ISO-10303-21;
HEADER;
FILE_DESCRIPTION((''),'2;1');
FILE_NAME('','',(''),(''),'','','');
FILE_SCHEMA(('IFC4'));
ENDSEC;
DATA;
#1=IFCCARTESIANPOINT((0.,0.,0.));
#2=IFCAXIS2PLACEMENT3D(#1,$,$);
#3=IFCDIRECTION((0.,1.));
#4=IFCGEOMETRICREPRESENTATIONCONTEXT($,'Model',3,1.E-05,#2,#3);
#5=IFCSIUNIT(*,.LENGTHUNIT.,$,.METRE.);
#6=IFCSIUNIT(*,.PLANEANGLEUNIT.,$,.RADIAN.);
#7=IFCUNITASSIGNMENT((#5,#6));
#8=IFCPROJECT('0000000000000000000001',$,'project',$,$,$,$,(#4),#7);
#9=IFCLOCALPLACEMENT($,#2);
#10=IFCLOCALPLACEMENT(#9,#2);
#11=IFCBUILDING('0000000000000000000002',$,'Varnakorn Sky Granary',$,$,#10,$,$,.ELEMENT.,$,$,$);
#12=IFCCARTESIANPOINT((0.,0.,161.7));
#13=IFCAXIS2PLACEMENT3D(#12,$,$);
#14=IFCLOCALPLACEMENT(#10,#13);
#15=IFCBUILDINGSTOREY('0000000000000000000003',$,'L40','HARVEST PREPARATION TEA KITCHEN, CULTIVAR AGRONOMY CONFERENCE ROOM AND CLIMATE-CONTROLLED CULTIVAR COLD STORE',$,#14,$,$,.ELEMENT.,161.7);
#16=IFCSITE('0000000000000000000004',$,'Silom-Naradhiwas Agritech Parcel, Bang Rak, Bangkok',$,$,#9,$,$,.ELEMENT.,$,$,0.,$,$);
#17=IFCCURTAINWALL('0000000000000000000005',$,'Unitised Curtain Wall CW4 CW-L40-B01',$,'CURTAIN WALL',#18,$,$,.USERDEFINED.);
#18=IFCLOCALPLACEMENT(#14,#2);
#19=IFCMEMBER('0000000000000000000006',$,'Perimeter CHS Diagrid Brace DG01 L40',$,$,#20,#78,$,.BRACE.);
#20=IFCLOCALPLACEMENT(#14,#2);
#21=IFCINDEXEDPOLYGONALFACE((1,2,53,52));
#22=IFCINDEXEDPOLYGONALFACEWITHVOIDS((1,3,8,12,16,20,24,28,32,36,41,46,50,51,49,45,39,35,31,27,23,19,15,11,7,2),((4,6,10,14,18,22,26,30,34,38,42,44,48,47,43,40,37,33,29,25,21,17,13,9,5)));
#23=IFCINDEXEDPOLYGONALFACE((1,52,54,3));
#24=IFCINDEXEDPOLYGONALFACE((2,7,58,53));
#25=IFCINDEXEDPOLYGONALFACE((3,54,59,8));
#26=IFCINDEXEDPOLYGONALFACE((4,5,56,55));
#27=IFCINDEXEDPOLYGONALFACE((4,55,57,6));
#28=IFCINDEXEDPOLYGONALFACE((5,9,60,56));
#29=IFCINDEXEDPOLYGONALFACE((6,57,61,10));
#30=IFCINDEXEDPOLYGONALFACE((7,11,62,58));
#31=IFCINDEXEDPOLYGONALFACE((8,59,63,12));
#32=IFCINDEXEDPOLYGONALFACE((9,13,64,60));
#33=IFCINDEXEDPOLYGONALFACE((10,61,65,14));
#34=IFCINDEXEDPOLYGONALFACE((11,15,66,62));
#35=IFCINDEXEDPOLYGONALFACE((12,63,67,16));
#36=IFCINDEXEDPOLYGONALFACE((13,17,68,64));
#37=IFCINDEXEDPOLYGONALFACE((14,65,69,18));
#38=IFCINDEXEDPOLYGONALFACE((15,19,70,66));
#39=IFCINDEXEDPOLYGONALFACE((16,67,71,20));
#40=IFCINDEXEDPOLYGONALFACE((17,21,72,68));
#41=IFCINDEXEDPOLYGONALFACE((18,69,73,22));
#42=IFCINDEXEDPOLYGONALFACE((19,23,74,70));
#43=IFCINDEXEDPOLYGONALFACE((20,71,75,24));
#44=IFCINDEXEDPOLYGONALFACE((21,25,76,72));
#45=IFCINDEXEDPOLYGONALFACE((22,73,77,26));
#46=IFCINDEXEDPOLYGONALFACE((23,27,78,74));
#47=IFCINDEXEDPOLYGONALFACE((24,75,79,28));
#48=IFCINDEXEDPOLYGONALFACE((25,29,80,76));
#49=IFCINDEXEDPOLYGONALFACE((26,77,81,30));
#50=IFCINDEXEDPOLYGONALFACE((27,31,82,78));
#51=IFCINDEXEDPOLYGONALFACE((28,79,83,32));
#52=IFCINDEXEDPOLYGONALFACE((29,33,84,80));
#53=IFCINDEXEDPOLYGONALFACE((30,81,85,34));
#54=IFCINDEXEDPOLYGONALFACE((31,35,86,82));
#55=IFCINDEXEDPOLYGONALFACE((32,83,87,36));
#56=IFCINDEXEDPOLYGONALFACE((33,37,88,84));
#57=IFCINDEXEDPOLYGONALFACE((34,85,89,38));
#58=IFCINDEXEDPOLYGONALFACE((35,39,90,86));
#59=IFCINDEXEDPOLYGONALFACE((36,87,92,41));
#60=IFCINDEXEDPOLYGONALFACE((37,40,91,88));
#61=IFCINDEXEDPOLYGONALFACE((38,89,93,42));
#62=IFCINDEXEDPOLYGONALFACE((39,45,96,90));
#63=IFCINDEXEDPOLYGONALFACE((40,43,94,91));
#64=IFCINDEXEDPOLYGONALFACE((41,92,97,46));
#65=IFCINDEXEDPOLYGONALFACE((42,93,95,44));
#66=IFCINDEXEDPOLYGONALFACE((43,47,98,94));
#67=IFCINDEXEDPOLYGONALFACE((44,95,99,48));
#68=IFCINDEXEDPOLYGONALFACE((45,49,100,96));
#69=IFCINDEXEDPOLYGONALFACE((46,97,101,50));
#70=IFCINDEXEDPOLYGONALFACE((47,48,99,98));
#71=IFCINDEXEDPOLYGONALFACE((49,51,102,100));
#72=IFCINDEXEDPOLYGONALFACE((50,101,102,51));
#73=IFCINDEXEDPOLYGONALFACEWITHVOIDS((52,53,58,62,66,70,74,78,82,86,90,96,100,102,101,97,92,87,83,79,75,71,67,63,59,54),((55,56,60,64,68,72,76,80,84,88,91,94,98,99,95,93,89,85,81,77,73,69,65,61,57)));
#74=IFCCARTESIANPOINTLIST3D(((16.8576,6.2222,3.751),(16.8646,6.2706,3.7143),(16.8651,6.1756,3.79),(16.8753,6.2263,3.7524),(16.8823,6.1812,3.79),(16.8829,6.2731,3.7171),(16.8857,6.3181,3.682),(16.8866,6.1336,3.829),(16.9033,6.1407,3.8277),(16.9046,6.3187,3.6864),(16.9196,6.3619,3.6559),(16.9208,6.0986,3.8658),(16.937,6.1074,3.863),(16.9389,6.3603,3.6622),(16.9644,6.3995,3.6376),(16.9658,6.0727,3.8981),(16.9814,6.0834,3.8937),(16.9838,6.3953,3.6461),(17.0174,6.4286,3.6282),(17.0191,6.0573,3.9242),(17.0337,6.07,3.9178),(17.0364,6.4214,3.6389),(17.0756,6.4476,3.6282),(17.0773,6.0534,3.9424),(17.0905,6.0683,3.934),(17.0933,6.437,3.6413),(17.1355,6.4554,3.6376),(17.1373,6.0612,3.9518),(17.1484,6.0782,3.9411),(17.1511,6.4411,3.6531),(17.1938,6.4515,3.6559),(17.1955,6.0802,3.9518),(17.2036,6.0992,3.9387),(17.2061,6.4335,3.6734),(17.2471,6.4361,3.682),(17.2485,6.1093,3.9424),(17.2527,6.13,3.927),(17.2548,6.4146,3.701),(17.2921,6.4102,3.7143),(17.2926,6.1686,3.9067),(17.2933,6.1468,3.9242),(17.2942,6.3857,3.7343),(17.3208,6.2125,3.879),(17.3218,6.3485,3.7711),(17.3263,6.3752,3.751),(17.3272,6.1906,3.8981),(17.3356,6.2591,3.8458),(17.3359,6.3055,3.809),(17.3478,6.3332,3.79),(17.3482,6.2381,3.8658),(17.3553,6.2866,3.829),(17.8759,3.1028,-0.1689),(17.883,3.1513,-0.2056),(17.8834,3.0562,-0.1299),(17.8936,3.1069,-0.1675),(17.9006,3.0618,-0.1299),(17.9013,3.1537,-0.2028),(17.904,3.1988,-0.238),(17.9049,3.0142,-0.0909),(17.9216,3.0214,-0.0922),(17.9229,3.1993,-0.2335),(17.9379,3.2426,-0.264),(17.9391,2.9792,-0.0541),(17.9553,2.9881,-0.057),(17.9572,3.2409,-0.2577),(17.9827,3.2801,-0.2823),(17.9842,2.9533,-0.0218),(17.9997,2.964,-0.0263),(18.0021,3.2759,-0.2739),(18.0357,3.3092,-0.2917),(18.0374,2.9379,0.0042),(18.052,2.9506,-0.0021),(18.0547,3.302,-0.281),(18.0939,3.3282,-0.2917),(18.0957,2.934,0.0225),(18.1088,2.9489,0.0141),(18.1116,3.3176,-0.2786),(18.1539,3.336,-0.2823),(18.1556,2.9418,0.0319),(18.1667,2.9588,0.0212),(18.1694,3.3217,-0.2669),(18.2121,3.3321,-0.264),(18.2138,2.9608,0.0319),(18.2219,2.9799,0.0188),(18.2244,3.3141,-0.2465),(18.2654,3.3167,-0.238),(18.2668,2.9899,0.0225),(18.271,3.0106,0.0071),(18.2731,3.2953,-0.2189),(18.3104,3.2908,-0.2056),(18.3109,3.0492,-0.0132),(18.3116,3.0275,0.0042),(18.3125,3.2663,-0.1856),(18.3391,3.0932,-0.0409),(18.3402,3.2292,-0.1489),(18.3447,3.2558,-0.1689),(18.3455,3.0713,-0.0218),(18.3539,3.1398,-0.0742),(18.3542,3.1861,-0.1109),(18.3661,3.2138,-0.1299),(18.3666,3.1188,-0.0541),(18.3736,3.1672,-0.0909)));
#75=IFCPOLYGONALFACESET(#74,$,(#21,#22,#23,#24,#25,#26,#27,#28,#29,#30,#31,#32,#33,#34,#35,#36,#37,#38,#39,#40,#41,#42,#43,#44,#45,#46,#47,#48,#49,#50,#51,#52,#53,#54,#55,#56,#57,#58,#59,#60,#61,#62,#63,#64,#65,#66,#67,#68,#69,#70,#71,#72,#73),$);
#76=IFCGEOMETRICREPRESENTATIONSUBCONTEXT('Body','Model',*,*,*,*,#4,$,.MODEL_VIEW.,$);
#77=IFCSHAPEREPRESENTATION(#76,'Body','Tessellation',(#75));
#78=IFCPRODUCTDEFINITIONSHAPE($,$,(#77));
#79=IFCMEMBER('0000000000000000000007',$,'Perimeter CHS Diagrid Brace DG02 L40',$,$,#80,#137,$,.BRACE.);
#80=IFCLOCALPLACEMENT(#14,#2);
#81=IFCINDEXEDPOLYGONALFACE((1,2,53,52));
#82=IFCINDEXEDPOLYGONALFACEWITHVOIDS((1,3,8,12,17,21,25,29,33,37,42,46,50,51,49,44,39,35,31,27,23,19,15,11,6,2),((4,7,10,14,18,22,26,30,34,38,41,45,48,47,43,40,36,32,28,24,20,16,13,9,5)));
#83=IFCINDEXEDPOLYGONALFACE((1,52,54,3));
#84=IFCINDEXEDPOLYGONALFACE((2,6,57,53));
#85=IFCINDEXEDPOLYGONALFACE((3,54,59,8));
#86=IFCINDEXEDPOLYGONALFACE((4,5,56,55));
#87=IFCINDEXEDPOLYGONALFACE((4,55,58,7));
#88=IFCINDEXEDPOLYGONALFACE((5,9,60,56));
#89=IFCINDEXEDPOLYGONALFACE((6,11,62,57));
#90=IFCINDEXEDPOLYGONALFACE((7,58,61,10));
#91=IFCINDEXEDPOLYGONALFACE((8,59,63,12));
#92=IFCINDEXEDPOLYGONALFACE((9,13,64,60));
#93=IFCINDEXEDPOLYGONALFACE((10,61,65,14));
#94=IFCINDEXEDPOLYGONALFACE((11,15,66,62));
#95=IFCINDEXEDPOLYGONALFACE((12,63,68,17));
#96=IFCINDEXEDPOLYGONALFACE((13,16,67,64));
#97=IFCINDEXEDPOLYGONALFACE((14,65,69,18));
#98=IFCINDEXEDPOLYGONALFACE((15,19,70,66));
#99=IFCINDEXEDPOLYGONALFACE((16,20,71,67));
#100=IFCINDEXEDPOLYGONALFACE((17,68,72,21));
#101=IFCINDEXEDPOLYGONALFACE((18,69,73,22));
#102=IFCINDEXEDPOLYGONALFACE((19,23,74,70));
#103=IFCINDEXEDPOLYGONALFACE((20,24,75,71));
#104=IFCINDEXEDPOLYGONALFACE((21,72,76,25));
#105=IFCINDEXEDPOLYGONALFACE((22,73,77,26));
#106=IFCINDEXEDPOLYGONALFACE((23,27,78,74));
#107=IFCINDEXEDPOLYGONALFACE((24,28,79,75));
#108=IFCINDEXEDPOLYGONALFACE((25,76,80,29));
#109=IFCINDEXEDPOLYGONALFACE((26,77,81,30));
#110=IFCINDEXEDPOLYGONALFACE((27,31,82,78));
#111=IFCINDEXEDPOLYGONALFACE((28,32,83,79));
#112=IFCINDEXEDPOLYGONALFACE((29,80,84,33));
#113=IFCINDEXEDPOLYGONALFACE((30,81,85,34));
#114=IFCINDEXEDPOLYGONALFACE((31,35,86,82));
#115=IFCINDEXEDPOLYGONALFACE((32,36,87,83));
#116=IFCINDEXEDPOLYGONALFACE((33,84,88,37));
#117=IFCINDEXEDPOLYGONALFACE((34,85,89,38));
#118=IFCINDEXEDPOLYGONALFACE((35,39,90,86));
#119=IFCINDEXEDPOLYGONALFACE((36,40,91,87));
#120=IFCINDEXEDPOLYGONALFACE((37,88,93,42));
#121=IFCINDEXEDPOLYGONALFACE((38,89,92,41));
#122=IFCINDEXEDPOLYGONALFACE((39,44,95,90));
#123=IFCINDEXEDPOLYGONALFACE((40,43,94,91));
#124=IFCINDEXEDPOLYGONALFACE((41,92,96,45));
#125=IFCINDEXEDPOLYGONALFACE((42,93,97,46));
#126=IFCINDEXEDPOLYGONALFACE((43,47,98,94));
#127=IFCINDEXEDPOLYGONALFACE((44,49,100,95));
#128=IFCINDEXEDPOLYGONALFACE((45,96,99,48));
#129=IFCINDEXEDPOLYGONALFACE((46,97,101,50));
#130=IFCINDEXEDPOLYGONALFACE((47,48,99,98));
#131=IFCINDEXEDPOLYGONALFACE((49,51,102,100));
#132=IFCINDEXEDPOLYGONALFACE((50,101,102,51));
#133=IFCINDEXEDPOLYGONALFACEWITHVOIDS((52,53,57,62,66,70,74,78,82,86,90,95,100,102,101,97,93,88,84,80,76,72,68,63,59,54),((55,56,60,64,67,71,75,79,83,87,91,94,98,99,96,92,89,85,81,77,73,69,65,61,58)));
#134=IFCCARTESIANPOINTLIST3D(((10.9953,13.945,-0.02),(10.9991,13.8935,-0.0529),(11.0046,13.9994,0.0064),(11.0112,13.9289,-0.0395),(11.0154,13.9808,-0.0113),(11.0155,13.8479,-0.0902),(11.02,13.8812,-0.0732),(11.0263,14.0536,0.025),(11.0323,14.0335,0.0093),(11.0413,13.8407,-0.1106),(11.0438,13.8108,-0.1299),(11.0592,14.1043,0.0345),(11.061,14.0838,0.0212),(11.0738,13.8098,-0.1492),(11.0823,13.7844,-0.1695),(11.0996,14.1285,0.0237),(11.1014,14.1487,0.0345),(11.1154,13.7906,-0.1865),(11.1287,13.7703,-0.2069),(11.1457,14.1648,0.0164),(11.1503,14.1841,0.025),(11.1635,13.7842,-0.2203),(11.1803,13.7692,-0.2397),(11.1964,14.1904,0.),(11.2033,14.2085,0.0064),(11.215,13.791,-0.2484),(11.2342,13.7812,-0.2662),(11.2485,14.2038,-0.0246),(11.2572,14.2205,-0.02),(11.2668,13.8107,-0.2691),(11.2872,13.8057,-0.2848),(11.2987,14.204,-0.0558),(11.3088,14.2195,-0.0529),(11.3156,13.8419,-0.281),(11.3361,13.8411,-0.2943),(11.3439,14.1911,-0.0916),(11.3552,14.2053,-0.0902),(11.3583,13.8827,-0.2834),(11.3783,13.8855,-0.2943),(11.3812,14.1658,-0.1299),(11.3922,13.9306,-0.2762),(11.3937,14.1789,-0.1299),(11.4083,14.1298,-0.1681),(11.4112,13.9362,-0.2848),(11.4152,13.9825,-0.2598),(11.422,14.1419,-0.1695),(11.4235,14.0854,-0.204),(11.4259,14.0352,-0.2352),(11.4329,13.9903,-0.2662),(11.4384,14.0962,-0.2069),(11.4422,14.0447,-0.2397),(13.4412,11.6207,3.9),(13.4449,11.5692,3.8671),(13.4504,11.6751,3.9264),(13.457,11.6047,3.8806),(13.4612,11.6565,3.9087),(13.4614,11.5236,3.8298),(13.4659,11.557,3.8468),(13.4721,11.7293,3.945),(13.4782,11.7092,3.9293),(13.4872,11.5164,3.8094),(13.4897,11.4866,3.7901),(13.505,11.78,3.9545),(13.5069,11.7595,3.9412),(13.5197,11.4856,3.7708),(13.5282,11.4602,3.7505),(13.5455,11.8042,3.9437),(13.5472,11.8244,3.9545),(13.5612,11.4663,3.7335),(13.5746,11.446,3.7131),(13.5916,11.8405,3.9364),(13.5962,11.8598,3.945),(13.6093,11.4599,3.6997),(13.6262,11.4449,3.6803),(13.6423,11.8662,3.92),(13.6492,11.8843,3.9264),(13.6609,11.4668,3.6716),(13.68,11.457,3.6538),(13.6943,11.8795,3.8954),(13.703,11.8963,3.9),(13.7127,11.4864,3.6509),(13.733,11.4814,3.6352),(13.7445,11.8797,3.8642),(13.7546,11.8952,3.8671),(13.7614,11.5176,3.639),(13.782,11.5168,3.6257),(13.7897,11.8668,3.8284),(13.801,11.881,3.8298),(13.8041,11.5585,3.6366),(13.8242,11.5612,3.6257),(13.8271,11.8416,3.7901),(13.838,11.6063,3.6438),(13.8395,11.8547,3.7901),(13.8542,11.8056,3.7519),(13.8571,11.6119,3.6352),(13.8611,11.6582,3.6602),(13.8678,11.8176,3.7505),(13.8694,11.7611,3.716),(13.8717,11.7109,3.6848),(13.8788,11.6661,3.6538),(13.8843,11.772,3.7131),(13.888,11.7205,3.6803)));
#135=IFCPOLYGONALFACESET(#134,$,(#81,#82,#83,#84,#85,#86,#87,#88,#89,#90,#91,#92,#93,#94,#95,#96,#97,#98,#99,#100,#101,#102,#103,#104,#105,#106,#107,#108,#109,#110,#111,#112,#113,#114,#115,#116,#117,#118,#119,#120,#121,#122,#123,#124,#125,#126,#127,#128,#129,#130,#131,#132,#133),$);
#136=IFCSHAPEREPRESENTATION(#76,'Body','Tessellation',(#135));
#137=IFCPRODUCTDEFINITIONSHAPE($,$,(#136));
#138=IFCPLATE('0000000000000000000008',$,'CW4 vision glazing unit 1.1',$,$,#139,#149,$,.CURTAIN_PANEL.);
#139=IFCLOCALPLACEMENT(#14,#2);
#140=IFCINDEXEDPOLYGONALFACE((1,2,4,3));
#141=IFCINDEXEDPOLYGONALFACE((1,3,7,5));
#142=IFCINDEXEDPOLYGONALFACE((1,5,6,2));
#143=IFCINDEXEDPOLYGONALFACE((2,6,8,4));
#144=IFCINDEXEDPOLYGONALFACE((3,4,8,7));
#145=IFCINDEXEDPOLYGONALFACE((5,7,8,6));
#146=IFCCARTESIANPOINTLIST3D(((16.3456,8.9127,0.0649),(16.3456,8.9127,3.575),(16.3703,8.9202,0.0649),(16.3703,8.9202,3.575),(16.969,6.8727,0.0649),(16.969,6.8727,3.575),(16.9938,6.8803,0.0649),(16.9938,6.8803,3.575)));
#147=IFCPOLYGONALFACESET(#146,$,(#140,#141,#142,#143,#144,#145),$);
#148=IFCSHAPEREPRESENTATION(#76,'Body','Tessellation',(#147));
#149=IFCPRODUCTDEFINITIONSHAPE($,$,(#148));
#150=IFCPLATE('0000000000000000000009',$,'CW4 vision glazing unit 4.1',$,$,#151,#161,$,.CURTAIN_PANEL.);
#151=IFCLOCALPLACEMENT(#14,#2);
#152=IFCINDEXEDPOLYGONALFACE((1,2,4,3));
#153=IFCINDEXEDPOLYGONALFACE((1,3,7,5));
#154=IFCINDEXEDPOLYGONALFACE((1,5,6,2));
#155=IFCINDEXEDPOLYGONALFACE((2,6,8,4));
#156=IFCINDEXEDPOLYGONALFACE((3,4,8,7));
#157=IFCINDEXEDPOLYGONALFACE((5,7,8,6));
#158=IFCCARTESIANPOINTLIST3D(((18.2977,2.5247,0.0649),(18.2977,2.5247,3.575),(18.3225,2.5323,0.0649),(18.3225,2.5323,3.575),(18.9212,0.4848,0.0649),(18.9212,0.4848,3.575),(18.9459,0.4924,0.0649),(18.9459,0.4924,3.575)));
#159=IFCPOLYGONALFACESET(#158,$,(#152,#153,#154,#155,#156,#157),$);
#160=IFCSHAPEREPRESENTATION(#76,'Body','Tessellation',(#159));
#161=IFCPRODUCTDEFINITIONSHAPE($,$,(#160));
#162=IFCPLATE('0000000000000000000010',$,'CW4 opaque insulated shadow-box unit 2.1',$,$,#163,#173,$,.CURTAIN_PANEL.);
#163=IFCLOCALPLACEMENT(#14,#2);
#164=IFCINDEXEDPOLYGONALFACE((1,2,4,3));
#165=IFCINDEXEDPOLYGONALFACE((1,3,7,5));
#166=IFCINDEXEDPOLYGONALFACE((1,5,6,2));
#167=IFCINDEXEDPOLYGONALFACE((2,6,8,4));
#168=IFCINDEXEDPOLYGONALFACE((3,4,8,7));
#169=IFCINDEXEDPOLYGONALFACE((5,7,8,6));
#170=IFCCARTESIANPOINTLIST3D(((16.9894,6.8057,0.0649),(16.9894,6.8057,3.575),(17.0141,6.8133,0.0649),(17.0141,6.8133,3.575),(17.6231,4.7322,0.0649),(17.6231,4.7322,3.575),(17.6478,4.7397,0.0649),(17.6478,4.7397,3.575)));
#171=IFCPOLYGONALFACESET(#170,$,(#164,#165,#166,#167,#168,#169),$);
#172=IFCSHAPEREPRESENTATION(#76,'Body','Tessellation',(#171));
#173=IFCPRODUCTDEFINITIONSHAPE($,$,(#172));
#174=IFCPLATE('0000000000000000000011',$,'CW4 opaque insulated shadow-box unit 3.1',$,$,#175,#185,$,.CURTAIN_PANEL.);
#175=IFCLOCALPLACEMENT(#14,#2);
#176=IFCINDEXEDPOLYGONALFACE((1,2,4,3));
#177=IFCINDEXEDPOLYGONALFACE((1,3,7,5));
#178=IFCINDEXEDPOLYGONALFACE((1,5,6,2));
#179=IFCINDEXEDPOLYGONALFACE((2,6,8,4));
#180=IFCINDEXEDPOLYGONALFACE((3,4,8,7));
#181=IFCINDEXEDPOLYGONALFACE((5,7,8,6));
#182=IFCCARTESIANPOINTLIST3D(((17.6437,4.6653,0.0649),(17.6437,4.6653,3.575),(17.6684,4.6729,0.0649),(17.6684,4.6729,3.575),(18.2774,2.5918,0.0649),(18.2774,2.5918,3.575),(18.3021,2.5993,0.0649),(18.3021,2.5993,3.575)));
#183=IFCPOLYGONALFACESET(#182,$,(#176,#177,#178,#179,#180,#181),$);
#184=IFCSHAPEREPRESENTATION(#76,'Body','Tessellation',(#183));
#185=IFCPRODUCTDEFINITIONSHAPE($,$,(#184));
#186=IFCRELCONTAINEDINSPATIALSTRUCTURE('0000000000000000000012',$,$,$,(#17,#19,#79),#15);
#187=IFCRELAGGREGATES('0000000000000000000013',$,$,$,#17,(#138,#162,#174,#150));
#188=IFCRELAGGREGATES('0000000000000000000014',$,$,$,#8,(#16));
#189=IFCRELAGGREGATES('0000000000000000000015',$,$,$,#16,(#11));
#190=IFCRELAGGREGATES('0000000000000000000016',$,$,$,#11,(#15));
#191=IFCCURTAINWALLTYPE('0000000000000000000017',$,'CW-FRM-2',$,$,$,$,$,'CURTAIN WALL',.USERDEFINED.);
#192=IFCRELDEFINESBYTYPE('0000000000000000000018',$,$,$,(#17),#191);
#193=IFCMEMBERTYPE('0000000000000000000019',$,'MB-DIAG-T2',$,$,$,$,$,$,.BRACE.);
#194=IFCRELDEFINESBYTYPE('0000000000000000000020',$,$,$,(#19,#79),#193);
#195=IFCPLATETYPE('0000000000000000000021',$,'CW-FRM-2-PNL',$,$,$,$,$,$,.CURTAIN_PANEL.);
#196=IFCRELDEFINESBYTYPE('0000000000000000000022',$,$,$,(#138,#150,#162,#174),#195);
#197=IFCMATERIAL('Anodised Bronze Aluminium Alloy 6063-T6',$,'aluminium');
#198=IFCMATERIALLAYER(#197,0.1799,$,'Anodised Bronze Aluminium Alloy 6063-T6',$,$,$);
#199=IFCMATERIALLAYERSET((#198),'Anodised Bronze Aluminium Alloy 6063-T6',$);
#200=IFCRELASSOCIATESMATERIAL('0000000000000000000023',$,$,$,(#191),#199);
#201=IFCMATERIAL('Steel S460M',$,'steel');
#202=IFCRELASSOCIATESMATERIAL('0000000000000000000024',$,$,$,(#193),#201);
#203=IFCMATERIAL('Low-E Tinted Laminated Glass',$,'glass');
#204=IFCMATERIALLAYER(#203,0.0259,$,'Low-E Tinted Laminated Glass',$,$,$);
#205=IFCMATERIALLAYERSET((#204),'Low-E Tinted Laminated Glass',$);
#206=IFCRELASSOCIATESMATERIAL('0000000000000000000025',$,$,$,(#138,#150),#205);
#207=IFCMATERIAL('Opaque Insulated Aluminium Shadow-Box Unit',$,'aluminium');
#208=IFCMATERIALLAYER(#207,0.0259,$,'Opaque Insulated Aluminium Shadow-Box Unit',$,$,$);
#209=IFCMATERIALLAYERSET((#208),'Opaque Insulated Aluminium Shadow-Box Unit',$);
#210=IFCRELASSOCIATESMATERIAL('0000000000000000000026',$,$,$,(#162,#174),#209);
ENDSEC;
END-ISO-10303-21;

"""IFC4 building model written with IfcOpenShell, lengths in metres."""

from ifc_helpers import new_model, si_unit, direction, frame, origin, origin_2d, place, context, subcontext, project, spatial, rectangle, hollow_circle, extrude, source, transform, mapped, material, layer, layer_set, material_profile, profile_set, type_object, element, aggregate, save


model = new_model("IFC4")

# Units and contexts
model_context = context("Model", 3, precision=1e-05, world=origin(), true_north=direction((0.0, 1.0)))
body_context = subcontext(model_context, "Body", "Model", "MODEL_VIEW")
ifc_project = project(units=[si_unit("LENGTHUNIT", "METRE"), si_unit("PLANEANGLEUNIT", "RADIAN")], contexts=[model_context])

# Site, building, storey
site_placement = place(None, origin())
site = spatial("IfcSite", under=ifc_project, at=site_placement, Name="Silom-Naradhiwas Agritech Parcel, Bang Rak, Bangkok", CompositionType="ELEMENT", RefElevation=0.0)
building_placement = place(site_placement, origin())
building = spatial("IfcBuilding", under=site, at=building_placement, Name="Varnakorn Sky Granary", CompositionType="ELEMENT")
storey_placement = place(building_placement, frame((0.0, 0.0, 161.7)))
storey = spatial("IfcBuildingStorey", under=building, at=storey_placement, Name="L40", Description="HARVEST PREPARATION TEA KITCHEN, CULTIVAR AGRONOMY CONFERENCE ROOM AND CLIMATE-CONTROLLED CULTIVAR COLD STORE", CompositionType="ELEMENT", Elevation=161.7)

# Shared definitions
ifc_material_1 = material(Name="Steel S460M", Category="steel")

# Curtain wall
ifc_material_2 = material(Name="Anodised Bronze Aluminium Alloy 6063-T6", Category="aluminium")
ifc_layer_1 = layer(ifc_material_2, 0.1799, Name="Anodised Bronze Aluminium Alloy 6063-T6")
ifc_layer_set_1 = layer_set([ifc_layer_1], Name="Anodised Bronze Aluminium Alloy 6063-T6")
curtain_wall_type = type_object("IfcCurtainWallType", Name="CW-FRM-2", ElementType="CURTAIN WALL", PredefinedType="USERDEFINED", material=ifc_layer_set_1)
curtain_wall_1_placement = place(storey_placement, origin())
curtain_wall_1 = element("IfcCurtainWall", 1, at=curtain_wall_1_placement, inside=storey, type_object=curtain_wall_type, Name="Unitised Curtain Wall CW4 CW-L40-B01", ObjectType="CURTAIN WALL", PredefinedType="USERDEFINED")

# Members
ifc_material_profile_1 = material_profile(ifc_material_1, hollow_circle(Radius=0.2539, WallThickness=0.0181, at=origin_2d()), Name="CHS 508x18")
ifc_profile_set_1 = profile_set([ifc_material_profile_1], Name="Steel S460M")
member_type_1 = type_object("IfcMemberType", Name="MB-DIAG-T2", PredefinedType="BRACE", material=ifc_profile_set_1)
member_1_placement = place(storey_placement, frame((18.1248, 3.135, -0.1299), z_axis=(-0.199197, 0.610199, 0.766797), x_axis=(-0.950629, -0.310329, 0.0)))
element("IfcMember", 2, at=member_1_placement, inside=storey, type_object=member_type_1, Name="Perimeter CHS Diagrid Brace DG01 L40", PredefinedType="BRACE", context=body_context, shape_type="SweptSolid", body=[
    extrude(hollow_circle(Radius=0.2539, WallThickness=0.0181, at=origin_2d()), origin(), (0.0, 0.0, 1.0), 5.1121),
])
member_2_placement = place(storey_placement, frame((11.2188, 13.9949, -0.1299), z_axis=(0.472891, -0.449384, 0.75791), x_axis=(0.68886, 0.724895, 0.0)))
element("IfcMember", 3, at=member_2_placement, inside=storey, type_object=member_type_1, Name="Perimeter CHS Diagrid Brace DG02 L40", PredefinedType="BRACE", context=body_context, shape_type="SweptSolid", body=[
    extrude(hollow_circle(Radius=0.2539, WallThickness=0.0181, at=origin_2d()), origin(), (0.0, 0.0, 1.0), 5.1721),
])

# Plates
ifc_material_3 = material(Name="Low-E Tinted Laminated Glass", Category="glass")
ifc_layer_2 = layer(ifc_material_3, 0.0259, Name="Low-E Tinted Laminated Glass")
ifc_layer_set_2 = layer_set([ifc_layer_2], Name="Low-E Tinted Laminated Glass")
plate_type = type_object("IfcPlateType", Name="CW-FRM-2-PNL", PredefinedType="CURTAIN_PANEL")
shared_shape_1 = source(origin(), body_context, "Body", "SweptSolid", [
    extrude(rectangle(XDim=2.1331, YDim=0.0259, at=origin_2d()), origin(), (0.0, 0.0, 1.0), 3.51),
])
plate_1_placement = place(storey_placement, frame((16.6697, 7.8965, 0.0649), z_axis=(0.0, 0.0, 1.0), x_axis=(0.292286, -0.956331, 0.0)))
plate_1 = element("IfcPlate", 4, at=plate_1_placement, type_object=plate_type, material=ifc_layer_set_2, Name="CW4 vision glazing unit 1.1", PredefinedType="CURTAIN_PANEL", context=body_context, shape_type="MappedRepresentation", body=[
    mapped(shared_shape_1, transform((0.0, 0.0, 0.0), x_axis=(1.0, 0.0, 0.0), y_axis=(0.0, 1.0, 0.0), z_axis=(0.0, 0.0, 1.0), scale=1.0)),
])
plate_2_placement = place(storey_placement, frame((18.6218, 1.5085, 0.0649), z_axis=(0.0, 0.0, 1.0), x_axis=(0.292286, -0.956331, 0.0)))
plate_2 = element("IfcPlate", 5, at=plate_2_placement, type_object=plate_type, material=ifc_layer_set_2, Name="CW4 vision glazing unit 4.1", PredefinedType="CURTAIN_PANEL", context=body_context, shape_type="MappedRepresentation", body=[
    mapped(shared_shape_1, transform((0.0, 0.0, 0.0), x_axis=(1.0, 0.0, 0.0), y_axis=(0.0, 1.0, 0.0), z_axis=(0.0, 0.0, 1.0), scale=1.0)),
])
ifc_material_4 = material(Name="Opaque Insulated Aluminium Shadow-Box Unit", Category="aluminium")
ifc_layer_3 = layer(ifc_material_4, 0.0259, Name="Opaque Insulated Aluminium Shadow-Box Unit")
ifc_layer_set_3 = layer_set([ifc_layer_3], Name="Opaque Insulated Aluminium Shadow-Box Unit")
shared_shape_2 = source(origin(), body_context, "Body", "SweptSolid", [
    extrude(rectangle(XDim=2.1682, YDim=0.0259, at=origin_2d()), origin(), (0.0, 0.0, 1.0), 3.51),
])
plate_3_placement = place(storey_placement, frame((17.3186, 5.7727, 0.0649), z_axis=(0.0, 0.0, 1.0), x_axis=(0.292286, -0.956331, 0.0)))
plate_3 = element("IfcPlate", 6, at=plate_3_placement, type_object=plate_type, material=ifc_layer_set_3, Name="CW4 opaque insulated shadow-box unit 2.1", PredefinedType="CURTAIN_PANEL", context=body_context, shape_type="MappedRepresentation", body=[
    mapped(shared_shape_2, transform((0.0, 0.0, 0.0), x_axis=(1.0, 0.0, 0.0), y_axis=(0.0, 1.0, 0.0), z_axis=(0.0, 0.0, 1.0), scale=1.0)),
])
plate_4_placement = place(storey_placement, frame((17.9729, 3.6323, 0.0649), z_axis=(0.0, 0.0, 1.0), x_axis=(0.292286, -0.956331, 0.0)))
plate_4 = element("IfcPlate", 7, at=plate_4_placement, type_object=plate_type, material=ifc_layer_set_3, Name="CW4 opaque insulated shadow-box unit 3.1", PredefinedType="CURTAIN_PANEL", context=body_context, shape_type="MappedRepresentation", body=[
    mapped(shared_shape_2, transform((0.0, 0.0, 0.0), x_axis=(1.0, 0.0, 0.0), y_axis=(0.0, 1.0, 0.0), z_axis=(0.0, 0.0, 1.0), scale=1.0)),
])
aggregate(curtain_wall_1, [plate_1, plate_3, plate_4, plate_2])

save(model, "model.ifc")
